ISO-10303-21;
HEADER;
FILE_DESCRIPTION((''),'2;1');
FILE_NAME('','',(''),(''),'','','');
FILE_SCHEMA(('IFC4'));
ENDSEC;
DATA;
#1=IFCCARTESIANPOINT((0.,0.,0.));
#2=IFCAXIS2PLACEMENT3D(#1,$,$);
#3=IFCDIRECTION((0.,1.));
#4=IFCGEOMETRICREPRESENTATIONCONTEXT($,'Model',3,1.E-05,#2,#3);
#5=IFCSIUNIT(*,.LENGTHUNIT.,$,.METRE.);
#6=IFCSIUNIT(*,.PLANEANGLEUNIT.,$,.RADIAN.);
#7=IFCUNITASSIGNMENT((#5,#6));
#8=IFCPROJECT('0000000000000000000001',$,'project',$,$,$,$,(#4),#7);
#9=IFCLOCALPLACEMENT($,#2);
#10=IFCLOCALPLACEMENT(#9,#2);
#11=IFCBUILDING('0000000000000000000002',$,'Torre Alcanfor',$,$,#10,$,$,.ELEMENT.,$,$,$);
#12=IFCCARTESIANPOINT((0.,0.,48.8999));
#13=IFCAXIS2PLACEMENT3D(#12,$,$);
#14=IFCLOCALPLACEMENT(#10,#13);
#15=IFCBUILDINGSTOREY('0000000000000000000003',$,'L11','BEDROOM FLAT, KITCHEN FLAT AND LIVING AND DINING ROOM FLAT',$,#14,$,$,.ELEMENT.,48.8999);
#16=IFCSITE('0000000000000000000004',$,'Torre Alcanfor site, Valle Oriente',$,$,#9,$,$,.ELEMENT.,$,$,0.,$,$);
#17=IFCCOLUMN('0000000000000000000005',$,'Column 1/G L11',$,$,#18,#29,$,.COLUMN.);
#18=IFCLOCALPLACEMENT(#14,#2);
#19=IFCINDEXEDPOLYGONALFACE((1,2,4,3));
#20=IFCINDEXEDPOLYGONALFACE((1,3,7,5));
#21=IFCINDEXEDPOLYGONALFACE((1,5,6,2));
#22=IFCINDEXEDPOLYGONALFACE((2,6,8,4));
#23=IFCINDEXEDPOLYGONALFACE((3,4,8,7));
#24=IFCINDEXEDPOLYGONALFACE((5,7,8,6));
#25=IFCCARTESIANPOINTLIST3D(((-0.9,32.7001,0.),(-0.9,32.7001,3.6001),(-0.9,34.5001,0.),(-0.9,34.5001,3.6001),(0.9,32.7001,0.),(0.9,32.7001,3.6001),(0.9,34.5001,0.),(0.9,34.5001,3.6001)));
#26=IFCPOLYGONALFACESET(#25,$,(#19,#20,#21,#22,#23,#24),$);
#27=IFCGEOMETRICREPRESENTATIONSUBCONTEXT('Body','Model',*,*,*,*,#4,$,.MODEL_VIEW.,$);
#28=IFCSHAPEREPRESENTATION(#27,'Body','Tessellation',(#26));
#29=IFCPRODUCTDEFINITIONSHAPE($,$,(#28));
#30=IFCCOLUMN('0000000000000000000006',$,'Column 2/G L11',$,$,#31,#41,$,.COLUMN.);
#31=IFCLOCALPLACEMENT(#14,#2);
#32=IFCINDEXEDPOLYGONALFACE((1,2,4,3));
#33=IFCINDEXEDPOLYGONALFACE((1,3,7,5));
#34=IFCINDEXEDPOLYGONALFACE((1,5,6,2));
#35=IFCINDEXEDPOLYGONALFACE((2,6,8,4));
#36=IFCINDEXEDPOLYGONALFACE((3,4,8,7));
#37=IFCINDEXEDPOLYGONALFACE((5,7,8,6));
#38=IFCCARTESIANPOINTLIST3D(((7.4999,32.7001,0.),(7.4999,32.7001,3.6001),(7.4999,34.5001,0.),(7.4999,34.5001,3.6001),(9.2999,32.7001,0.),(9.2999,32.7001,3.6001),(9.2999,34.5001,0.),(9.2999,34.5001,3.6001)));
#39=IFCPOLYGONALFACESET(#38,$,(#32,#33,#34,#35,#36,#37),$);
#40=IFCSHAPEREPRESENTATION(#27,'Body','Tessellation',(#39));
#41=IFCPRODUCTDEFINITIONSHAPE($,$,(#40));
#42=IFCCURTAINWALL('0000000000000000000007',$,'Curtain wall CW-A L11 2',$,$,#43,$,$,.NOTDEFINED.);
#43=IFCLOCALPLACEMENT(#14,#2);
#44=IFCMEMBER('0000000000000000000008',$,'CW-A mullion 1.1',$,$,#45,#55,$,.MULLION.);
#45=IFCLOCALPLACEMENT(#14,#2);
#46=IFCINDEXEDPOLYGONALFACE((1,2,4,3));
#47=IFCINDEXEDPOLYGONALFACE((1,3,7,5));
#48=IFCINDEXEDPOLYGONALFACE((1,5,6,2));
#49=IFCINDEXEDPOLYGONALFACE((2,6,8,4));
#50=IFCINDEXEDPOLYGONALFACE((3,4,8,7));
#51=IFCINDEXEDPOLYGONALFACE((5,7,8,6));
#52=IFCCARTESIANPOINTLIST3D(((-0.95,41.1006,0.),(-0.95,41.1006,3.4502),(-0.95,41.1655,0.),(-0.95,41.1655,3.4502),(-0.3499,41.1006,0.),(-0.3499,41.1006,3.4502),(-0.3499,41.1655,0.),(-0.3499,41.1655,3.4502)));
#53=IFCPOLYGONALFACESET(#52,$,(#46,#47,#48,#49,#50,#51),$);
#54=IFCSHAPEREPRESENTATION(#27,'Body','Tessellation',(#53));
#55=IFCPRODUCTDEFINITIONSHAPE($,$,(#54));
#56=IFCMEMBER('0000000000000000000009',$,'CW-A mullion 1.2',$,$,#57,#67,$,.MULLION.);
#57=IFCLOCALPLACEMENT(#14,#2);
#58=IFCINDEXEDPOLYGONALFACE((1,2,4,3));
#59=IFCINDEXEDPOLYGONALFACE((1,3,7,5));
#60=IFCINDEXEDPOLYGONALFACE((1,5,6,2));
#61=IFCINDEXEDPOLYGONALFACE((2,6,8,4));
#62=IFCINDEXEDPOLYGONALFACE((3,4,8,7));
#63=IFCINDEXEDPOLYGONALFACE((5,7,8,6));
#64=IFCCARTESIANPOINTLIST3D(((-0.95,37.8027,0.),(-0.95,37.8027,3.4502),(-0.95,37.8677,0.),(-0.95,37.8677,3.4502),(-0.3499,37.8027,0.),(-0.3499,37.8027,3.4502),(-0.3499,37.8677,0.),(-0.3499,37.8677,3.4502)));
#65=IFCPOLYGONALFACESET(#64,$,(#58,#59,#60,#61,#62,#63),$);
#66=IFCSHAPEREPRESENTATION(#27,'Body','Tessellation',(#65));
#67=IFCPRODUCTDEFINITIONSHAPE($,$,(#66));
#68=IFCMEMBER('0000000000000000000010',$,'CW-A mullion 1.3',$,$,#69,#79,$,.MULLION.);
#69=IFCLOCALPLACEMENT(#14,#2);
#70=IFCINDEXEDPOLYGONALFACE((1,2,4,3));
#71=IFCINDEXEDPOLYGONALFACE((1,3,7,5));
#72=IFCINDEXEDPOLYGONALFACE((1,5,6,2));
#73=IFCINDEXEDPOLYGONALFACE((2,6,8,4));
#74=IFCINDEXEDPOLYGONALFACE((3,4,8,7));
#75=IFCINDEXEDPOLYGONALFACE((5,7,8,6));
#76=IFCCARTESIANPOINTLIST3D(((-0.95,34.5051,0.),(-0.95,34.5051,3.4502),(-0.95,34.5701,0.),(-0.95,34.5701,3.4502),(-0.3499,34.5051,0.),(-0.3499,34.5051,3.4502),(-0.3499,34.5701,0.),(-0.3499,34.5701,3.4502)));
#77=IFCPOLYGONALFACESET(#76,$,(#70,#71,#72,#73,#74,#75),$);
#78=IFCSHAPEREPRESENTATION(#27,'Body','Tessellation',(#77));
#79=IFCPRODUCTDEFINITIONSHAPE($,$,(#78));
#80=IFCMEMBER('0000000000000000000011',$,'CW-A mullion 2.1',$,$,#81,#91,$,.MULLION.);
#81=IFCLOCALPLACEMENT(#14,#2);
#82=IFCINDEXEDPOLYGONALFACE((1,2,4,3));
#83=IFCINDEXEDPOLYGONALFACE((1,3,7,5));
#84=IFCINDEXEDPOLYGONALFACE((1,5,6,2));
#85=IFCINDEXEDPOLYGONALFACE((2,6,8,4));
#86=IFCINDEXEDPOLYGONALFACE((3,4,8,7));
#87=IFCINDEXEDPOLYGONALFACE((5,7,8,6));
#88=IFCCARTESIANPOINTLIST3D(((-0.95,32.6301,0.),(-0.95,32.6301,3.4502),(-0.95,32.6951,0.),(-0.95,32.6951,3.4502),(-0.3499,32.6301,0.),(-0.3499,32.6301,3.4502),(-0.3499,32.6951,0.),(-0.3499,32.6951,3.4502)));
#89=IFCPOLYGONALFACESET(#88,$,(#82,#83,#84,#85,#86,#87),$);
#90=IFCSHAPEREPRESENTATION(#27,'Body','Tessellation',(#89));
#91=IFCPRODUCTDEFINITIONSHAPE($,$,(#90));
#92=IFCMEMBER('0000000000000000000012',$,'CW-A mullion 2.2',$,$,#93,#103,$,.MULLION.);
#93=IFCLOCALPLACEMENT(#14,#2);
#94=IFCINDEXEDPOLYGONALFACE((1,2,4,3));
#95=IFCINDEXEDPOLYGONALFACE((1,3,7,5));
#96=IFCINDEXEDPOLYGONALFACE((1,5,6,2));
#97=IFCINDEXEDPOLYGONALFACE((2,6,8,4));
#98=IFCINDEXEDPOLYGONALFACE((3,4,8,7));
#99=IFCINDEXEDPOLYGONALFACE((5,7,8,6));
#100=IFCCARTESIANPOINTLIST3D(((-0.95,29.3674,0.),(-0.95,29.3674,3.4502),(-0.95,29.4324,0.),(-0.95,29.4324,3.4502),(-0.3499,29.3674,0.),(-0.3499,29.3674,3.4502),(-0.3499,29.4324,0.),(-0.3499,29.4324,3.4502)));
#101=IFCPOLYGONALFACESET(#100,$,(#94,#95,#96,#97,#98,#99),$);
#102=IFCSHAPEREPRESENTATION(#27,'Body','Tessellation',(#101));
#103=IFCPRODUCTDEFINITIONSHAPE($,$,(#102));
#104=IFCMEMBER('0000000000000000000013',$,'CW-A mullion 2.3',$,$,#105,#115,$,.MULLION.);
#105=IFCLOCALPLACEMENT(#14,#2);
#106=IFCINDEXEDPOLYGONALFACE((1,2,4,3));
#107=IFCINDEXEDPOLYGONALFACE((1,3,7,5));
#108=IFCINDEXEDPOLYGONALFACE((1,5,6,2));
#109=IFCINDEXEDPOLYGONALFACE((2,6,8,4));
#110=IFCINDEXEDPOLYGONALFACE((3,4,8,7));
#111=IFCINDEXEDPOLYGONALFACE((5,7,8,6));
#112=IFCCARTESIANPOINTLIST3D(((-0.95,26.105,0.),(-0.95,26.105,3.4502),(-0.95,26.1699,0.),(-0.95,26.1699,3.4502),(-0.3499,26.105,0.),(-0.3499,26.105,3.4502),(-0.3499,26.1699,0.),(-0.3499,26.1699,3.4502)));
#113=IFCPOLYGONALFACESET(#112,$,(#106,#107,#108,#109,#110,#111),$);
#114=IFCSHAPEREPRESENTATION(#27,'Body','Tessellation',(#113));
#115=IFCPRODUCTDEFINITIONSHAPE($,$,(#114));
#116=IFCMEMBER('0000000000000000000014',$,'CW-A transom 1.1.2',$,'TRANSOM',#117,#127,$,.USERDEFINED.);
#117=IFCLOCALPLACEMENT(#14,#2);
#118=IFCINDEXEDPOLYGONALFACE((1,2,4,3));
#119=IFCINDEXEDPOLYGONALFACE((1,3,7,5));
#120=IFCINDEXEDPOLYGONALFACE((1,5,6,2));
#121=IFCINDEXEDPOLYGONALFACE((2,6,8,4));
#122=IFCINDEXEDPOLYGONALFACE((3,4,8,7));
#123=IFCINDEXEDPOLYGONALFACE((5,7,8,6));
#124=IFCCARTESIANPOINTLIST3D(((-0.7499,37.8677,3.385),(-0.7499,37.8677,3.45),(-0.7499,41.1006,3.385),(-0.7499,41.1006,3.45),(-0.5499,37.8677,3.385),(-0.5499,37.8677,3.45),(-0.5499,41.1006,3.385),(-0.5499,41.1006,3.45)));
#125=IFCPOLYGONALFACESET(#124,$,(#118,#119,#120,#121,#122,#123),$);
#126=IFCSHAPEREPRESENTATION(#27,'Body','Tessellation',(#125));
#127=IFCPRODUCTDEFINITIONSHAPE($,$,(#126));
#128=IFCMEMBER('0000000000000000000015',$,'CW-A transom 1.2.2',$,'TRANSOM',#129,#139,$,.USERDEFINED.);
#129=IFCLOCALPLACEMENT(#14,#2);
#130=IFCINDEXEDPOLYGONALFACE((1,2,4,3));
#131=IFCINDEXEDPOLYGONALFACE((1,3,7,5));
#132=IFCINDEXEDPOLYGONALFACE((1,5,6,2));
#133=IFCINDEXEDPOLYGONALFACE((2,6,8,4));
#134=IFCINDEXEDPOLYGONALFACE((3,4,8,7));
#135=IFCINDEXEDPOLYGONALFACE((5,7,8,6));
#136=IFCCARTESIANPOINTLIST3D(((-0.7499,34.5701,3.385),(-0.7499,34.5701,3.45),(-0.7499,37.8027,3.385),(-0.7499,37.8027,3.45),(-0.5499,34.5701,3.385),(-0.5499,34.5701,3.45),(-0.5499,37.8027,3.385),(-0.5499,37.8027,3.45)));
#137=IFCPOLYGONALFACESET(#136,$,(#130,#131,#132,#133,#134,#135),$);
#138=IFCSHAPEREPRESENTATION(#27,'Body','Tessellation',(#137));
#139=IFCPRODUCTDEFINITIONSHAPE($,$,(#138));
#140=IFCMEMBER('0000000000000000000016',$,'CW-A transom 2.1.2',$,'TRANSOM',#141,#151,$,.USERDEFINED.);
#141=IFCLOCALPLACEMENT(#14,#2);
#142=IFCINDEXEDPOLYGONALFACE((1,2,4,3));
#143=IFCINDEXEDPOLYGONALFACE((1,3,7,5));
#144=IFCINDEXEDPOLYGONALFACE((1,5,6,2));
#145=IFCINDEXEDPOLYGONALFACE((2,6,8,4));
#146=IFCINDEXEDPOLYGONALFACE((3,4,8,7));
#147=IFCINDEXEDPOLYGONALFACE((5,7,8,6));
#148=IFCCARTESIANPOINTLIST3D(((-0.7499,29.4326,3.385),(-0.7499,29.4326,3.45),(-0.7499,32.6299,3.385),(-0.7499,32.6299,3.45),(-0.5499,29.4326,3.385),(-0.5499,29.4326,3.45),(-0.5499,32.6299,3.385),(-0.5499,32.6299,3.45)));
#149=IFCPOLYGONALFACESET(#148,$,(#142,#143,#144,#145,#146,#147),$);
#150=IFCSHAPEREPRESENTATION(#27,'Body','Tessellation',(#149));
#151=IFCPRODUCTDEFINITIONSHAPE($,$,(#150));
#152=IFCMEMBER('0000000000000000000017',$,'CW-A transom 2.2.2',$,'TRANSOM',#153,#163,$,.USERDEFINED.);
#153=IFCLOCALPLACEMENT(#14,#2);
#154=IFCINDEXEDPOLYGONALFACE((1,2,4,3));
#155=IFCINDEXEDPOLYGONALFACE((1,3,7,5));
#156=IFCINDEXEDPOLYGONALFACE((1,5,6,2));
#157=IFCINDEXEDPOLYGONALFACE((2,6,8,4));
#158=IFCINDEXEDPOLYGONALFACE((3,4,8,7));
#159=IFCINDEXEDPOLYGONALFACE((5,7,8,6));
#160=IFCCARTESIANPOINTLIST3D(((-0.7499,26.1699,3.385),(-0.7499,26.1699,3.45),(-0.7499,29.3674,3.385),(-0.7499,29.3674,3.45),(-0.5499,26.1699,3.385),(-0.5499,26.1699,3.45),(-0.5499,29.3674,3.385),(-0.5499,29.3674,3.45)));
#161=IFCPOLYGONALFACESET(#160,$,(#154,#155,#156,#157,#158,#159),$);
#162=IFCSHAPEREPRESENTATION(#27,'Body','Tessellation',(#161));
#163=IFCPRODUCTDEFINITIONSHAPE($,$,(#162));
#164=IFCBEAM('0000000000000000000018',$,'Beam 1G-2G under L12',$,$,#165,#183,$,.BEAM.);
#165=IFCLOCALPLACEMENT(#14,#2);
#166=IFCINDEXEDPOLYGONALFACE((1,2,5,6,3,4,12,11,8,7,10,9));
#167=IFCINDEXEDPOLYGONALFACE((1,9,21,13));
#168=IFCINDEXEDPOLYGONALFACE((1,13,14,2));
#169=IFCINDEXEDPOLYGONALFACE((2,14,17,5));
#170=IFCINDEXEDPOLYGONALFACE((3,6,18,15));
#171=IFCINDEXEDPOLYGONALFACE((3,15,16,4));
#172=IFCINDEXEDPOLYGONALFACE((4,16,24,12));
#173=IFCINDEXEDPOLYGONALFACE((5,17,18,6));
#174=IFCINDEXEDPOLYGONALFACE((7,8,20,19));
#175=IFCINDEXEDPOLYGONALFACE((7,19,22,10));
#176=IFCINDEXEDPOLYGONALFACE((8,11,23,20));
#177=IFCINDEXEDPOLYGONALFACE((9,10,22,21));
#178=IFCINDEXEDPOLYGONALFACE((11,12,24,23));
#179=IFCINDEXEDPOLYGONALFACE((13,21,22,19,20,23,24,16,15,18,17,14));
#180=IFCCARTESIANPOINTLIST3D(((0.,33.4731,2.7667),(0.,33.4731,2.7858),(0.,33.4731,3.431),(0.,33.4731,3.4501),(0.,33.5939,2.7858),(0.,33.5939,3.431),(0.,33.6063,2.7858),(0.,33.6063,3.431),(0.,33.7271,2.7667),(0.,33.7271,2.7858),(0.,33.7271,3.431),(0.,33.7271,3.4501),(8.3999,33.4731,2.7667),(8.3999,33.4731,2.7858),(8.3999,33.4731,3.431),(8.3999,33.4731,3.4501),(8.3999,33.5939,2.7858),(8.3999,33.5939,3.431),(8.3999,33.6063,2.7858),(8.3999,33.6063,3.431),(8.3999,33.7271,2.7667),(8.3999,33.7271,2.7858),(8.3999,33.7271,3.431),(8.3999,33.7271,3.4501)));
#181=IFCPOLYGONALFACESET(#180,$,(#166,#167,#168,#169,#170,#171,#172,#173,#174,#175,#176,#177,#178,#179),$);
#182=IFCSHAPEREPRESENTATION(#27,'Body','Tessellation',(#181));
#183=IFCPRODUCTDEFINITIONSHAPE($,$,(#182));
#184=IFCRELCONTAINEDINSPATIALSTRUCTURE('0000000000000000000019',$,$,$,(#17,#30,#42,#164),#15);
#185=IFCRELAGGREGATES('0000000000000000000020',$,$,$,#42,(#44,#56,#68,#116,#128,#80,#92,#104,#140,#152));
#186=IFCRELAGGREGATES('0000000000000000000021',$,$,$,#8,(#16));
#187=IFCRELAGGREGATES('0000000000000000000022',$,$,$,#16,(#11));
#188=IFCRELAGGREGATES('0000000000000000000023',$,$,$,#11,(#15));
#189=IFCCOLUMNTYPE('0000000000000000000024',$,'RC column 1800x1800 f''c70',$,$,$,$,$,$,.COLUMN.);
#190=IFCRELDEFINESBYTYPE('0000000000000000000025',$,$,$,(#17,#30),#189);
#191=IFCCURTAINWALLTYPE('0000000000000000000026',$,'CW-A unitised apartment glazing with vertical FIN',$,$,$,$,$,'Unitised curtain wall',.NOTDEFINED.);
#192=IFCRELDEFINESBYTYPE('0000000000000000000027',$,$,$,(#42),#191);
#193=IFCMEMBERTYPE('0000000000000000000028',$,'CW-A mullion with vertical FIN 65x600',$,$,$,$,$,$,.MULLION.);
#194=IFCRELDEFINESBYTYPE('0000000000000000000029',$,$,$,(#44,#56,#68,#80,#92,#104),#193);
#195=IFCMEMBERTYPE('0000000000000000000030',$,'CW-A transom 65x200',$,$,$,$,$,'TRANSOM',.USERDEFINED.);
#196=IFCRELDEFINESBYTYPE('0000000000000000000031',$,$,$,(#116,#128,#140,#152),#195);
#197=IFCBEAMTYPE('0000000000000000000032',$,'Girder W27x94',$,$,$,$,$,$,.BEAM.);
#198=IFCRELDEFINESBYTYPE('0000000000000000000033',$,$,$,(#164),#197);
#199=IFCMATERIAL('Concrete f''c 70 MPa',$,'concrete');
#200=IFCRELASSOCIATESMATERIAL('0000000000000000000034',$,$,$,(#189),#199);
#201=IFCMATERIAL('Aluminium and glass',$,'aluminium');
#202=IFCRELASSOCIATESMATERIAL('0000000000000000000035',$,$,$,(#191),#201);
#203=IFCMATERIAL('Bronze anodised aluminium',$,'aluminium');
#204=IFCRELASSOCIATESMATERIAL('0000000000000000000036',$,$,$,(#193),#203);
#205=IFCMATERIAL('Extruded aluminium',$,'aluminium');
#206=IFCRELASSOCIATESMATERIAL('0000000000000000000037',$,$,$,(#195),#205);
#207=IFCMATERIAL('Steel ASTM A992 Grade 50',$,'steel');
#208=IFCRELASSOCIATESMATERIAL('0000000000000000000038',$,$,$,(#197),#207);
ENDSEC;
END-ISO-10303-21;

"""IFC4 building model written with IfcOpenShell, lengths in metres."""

from ifc_helpers import new_model, si_unit, direction, frame, origin, origin_2d, place, context, subcontext, project, spatial, rectangle, i_section, extrude, material, material_profile, profile_set, type_object, element, aggregate, save


model = new_model("IFC4")

# Units and contexts
model_context = context("Model", 3, precision=1e-05, world=origin(), true_north=direction((0.0, 1.0)))
body_context = subcontext(model_context, "Body", "Model", "MODEL_VIEW")
ifc_project = project(units=[si_unit("LENGTHUNIT", "METRE"), si_unit("PLANEANGLEUNIT", "RADIAN")], contexts=[model_context])

# Site, building, storey
site_placement = place(None, origin())
site = spatial("IfcSite", under=ifc_project, at=site_placement, Name="Torre Alcanfor site, Valle Oriente", CompositionType="ELEMENT", RefElevation=0.0)
building_placement = place(site_placement, origin())
building = spatial("IfcBuilding", under=site, at=building_placement, Name="Torre Alcanfor", CompositionType="ELEMENT")
storey_placement = place(building_placement, frame((0.0, 0.0, 48.8999)))
storey = spatial("IfcBuildingStorey", under=building, at=storey_placement, Name="L11", Description="BEDROOM FLAT, KITCHEN FLAT AND LIVING AND DINING ROOM FLAT", CompositionType="ELEMENT", Elevation=48.8999)

# Columns
ifc_material_1 = material(Name="Concrete f'c 70 MPa", Category="concrete")
ifc_material_profile_1 = material_profile(ifc_material_1, rectangle(XDim=1.8, YDim=1.8, at=origin_2d()), Name="1800x1800")
ifc_profile_set_1 = profile_set([ifc_material_profile_1], Name="Concrete f'c 70 MPa")
column_type = type_object("IfcColumnType", Name="RC column 1800x1800 f'c70", PredefinedType="COLUMN", material=ifc_profile_set_1)
for number, where, z_axis, x_axis, name in (
    (1, (0.0, 33.6001, 0.0), (0.0, 0.0, 1.0), (1.0, 0.0, 0.0), "Column 1/G L11"),
    (2, (8.3999, 33.6001, 0.0), (0.0, 0.0, 1.0), (1.0, 0.0, 0.0), "Column 2/G L11"),
):
    element("IfcColumn", number, at=place(storey_placement, frame(where, z_axis=z_axis, x_axis=x_axis)), inside=storey, type_object=column_type, Name=name, PredefinedType="COLUMN", context=body_context, shape_type="SweptSolid", body=[
        extrude(rectangle(XDim=1.8, YDim=1.8, at=origin_2d()), origin(), (0.0, 0.0, 1.0), 3.6001),
    ])

# Curtain wall, members
ifc_material_2 = material(Name="Aluminium and glass", Category="aluminium")
curtain_wall_type = type_object("IfcCurtainWallType", Name="CW-A unitised apartment glazing with vertical FIN", ElementType="Unitised curtain wall", PredefinedType="NOTDEFINED", material=ifc_material_2)
curtain_wall_placement = place(storey_placement, origin())
curtain_wall = element("IfcCurtainWall", 3, at=curtain_wall_placement, inside=storey, type_object=curtain_wall_type, Name="Curtain wall CW-A L11 2", PredefinedType="NOTDEFINED")
ifc_material_3 = material(Name="Bronze anodised aluminium", Category="aluminium")
ifc_material_profile_2 = material_profile(ifc_material_3, rectangle(XDim=0.6001, YDim=0.0649, at=origin_2d()), Name="CW-A mullion 65x600")
ifc_profile_set_2 = profile_set([ifc_material_profile_2], Name="Bronze anodised aluminium")
member_type_1 = type_object("IfcMemberType", Name="CW-A mullion with vertical FIN 65x600", PredefinedType="MULLION", material=ifc_profile_set_2)
member_1_placement = place(storey_placement, frame((-0.6499, 41.1331, 0.0), z_axis=(0.0, 0.0, 1.0), x_axis=(1.0, 0.0, 0.0)))
member_1 = element("IfcMember", 4, at=member_1_placement, type_object=member_type_1, Name="CW-A mullion 1.1", PredefinedType="MULLION", context=body_context, shape_type="SweptSolid", body=[
    extrude(rectangle(XDim=0.6001, YDim=0.0649, at=origin_2d()), origin(), (0.0, 0.0, 1.0), 3.4502),
])
member_2_placement = place(storey_placement, frame((-0.6499, 37.8352, 0.0), z_axis=(0.0, 0.0, 1.0), x_axis=(1.0, 0.0, 0.0)))
member_2 = element("IfcMember", 5, at=member_2_placement, type_object=member_type_1, Name="CW-A mullion 1.2", PredefinedType="MULLION", context=body_context, shape_type="SweptSolid", body=[
    extrude(rectangle(XDim=0.6001, YDim=0.0649, at=origin_2d()), origin(), (0.0, 0.0, 1.0), 3.4502),
])
member_3_placement = place(storey_placement, frame((-0.6499, 34.5376, 0.0), z_axis=(0.0, 0.0, 1.0), x_axis=(1.0, 0.0, 0.0)))
member_3 = element("IfcMember", 6, at=member_3_placement, type_object=member_type_1, Name="CW-A mullion 1.3", PredefinedType="MULLION", context=body_context, shape_type="SweptSolid", body=[
    extrude(rectangle(XDim=0.6001, YDim=0.0649, at=origin_2d()), origin(), (0.0, 0.0, 1.0), 3.4502),
])
member_4_placement = place(storey_placement, frame((-0.6499, 32.6626, 0.0), z_axis=(0.0, 0.0, 1.0), x_axis=(1.0, 0.0, 0.0)))
member_4 = element("IfcMember", 7, at=member_4_placement, type_object=member_type_1, Name="CW-A mullion 2.1", PredefinedType="MULLION", context=body_context, shape_type="SweptSolid", body=[
    extrude(rectangle(XDim=0.6001, YDim=0.0649, at=origin_2d()), origin(), (0.0, 0.0, 1.0), 3.4502),
])
member_5_placement = place(storey_placement, frame((-0.6499, 29.3999, 0.0), z_axis=(0.0, 0.0, 1.0), x_axis=(1.0, 0.0, 0.0)))
member_5 = element("IfcMember", 8, at=member_5_placement, type_object=member_type_1, Name="CW-A mullion 2.2", PredefinedType="MULLION", context=body_context, shape_type="SweptSolid", body=[
    extrude(rectangle(XDim=0.6001, YDim=0.0649, at=origin_2d()), origin(), (0.0, 0.0, 1.0), 3.4502),
])
member_6_placement = place(storey_placement, frame((-0.6499, 26.1375, 0.0), z_axis=(0.0, 0.0, 1.0), x_axis=(1.0, 0.0, 0.0)))
member_6 = element("IfcMember", 9, at=member_6_placement, type_object=member_type_1, Name="CW-A mullion 2.3", PredefinedType="MULLION", context=body_context, shape_type="SweptSolid", body=[
    extrude(rectangle(XDim=0.6001, YDim=0.0649, at=origin_2d()), origin(), (0.0, 0.0, 1.0), 3.4502),
])
ifc_material_4 = material(Name="Extruded aluminium", Category="aluminium")
ifc_material_profile_3 = material_profile(ifc_material_4, rectangle(XDim=0.2, YDim=0.0649, at=origin_2d()), Name="CW-A transom 200x65")
ifc_profile_set_3 = profile_set([ifc_material_profile_3], Name="Extruded aluminium")
member_type_2 = type_object("IfcMemberType", Name="CW-A transom 65x200", ElementType="TRANSOM", PredefinedType="USERDEFINED", material=ifc_profile_set_3)
member_7_placement = place(storey_placement, frame((-0.6499, 41.1006, 3.4175), z_axis=(0.0, -1.0, 0.0), x_axis=(1.0, 0.0, 0.0)))
member_7 = element("IfcMember", 10, at=member_7_placement, type_object=member_type_2, Name="CW-A transom 1.1.2", ObjectType="TRANSOM", PredefinedType="USERDEFINED", context=body_context, shape_type="SweptSolid", body=[
    extrude(rectangle(XDim=0.2, YDim=0.0649, at=origin_2d()), origin(), (0.0, 0.0, 1.0), 3.2329),
])
member_8_placement = place(storey_placement, frame((-0.6499, 37.8027, 3.4175), z_axis=(0.0, -1.0, 0.0), x_axis=(1.0, 0.0, 0.0)))
member_8 = element("IfcMember", 11, at=member_8_placement, type_object=member_type_2, Name="CW-A transom 1.2.2", ObjectType="TRANSOM", PredefinedType="USERDEFINED", context=body_context, shape_type="SweptSolid", body=[
    extrude(rectangle(XDim=0.2, YDim=0.0649, at=origin_2d()), origin(), (0.0, 0.0, 1.0), 3.2327),
])
member_9_placement = place(storey_placement, frame((-0.6499, 32.6299, 3.4175), z_axis=(0.0, -1.0, 0.0), x_axis=(1.0, 0.0, 0.0)))
member_9 = element("IfcMember", 12, at=member_9_placement, type_object=member_type_2, Name="CW-A transom 2.1.2", ObjectType="TRANSOM", PredefinedType="USERDEFINED", context=body_context, shape_type="SweptSolid", body=[
    extrude(rectangle(XDim=0.2, YDim=0.0649, at=origin_2d()), origin(), (0.0, 0.0, 1.0), 3.1973),
])
member_10_placement = place(storey_placement, frame((-0.6499, 29.3674, 3.4175), z_axis=(0.0, -1.0, 0.0), x_axis=(1.0, 0.0, 0.0)))
member_10 = element("IfcMember", 13, at=member_10_placement, type_object=member_type_2, Name="CW-A transom 2.2.2", ObjectType="TRANSOM", PredefinedType="USERDEFINED", context=body_context, shape_type="SweptSolid", body=[
    extrude(rectangle(XDim=0.2, YDim=0.0649, at=origin_2d()), origin(), (0.0, 0.0, 1.0), 3.1975),
])

# Beam
ifc_material_5 = material(Name="Steel ASTM A992 Grade 50", Category="steel")
ifc_material_profile_4 = material_profile(ifc_material_5, i_section(OverallWidth=0.2539, OverallDepth=0.6833, WebThickness=0.0125, FlangeThickness=0.019, at=origin_2d()), Name="W27x94")
ifc_profile_set_4 = profile_set([ifc_material_profile_4], Name="Steel ASTM A992 Grade 50")
beam_type_1 = type_object("IfcBeamType", Name="Girder W27x94", PredefinedType="BEAM", material=ifc_profile_set_4)
beam_1_placement = place(storey_placement, frame((0.0, 33.6001, 3.1084), z_axis=(1.0, 0.0, 0.0), x_axis=(0.0, 1.0, 0.0)))
element("IfcBeam", 14, at=beam_1_placement, inside=storey, type_object=beam_type_1, Name="Beam 1G-2G under L12", PredefinedType="BEAM", context=body_context, shape_type="SweptSolid", body=[
    extrude(i_section(OverallWidth=0.2539, OverallDepth=0.6833, WebThickness=0.0125, FlangeThickness=0.019, at=origin_2d()), origin(), (0.0, 0.0, 1.0), 8.3999),
])

aggregate(curtain_wall, [member_1, member_2, member_3, member_7, member_8, member_4, member_5, member_6, member_9, member_10])

save(model, "model.ifc")
